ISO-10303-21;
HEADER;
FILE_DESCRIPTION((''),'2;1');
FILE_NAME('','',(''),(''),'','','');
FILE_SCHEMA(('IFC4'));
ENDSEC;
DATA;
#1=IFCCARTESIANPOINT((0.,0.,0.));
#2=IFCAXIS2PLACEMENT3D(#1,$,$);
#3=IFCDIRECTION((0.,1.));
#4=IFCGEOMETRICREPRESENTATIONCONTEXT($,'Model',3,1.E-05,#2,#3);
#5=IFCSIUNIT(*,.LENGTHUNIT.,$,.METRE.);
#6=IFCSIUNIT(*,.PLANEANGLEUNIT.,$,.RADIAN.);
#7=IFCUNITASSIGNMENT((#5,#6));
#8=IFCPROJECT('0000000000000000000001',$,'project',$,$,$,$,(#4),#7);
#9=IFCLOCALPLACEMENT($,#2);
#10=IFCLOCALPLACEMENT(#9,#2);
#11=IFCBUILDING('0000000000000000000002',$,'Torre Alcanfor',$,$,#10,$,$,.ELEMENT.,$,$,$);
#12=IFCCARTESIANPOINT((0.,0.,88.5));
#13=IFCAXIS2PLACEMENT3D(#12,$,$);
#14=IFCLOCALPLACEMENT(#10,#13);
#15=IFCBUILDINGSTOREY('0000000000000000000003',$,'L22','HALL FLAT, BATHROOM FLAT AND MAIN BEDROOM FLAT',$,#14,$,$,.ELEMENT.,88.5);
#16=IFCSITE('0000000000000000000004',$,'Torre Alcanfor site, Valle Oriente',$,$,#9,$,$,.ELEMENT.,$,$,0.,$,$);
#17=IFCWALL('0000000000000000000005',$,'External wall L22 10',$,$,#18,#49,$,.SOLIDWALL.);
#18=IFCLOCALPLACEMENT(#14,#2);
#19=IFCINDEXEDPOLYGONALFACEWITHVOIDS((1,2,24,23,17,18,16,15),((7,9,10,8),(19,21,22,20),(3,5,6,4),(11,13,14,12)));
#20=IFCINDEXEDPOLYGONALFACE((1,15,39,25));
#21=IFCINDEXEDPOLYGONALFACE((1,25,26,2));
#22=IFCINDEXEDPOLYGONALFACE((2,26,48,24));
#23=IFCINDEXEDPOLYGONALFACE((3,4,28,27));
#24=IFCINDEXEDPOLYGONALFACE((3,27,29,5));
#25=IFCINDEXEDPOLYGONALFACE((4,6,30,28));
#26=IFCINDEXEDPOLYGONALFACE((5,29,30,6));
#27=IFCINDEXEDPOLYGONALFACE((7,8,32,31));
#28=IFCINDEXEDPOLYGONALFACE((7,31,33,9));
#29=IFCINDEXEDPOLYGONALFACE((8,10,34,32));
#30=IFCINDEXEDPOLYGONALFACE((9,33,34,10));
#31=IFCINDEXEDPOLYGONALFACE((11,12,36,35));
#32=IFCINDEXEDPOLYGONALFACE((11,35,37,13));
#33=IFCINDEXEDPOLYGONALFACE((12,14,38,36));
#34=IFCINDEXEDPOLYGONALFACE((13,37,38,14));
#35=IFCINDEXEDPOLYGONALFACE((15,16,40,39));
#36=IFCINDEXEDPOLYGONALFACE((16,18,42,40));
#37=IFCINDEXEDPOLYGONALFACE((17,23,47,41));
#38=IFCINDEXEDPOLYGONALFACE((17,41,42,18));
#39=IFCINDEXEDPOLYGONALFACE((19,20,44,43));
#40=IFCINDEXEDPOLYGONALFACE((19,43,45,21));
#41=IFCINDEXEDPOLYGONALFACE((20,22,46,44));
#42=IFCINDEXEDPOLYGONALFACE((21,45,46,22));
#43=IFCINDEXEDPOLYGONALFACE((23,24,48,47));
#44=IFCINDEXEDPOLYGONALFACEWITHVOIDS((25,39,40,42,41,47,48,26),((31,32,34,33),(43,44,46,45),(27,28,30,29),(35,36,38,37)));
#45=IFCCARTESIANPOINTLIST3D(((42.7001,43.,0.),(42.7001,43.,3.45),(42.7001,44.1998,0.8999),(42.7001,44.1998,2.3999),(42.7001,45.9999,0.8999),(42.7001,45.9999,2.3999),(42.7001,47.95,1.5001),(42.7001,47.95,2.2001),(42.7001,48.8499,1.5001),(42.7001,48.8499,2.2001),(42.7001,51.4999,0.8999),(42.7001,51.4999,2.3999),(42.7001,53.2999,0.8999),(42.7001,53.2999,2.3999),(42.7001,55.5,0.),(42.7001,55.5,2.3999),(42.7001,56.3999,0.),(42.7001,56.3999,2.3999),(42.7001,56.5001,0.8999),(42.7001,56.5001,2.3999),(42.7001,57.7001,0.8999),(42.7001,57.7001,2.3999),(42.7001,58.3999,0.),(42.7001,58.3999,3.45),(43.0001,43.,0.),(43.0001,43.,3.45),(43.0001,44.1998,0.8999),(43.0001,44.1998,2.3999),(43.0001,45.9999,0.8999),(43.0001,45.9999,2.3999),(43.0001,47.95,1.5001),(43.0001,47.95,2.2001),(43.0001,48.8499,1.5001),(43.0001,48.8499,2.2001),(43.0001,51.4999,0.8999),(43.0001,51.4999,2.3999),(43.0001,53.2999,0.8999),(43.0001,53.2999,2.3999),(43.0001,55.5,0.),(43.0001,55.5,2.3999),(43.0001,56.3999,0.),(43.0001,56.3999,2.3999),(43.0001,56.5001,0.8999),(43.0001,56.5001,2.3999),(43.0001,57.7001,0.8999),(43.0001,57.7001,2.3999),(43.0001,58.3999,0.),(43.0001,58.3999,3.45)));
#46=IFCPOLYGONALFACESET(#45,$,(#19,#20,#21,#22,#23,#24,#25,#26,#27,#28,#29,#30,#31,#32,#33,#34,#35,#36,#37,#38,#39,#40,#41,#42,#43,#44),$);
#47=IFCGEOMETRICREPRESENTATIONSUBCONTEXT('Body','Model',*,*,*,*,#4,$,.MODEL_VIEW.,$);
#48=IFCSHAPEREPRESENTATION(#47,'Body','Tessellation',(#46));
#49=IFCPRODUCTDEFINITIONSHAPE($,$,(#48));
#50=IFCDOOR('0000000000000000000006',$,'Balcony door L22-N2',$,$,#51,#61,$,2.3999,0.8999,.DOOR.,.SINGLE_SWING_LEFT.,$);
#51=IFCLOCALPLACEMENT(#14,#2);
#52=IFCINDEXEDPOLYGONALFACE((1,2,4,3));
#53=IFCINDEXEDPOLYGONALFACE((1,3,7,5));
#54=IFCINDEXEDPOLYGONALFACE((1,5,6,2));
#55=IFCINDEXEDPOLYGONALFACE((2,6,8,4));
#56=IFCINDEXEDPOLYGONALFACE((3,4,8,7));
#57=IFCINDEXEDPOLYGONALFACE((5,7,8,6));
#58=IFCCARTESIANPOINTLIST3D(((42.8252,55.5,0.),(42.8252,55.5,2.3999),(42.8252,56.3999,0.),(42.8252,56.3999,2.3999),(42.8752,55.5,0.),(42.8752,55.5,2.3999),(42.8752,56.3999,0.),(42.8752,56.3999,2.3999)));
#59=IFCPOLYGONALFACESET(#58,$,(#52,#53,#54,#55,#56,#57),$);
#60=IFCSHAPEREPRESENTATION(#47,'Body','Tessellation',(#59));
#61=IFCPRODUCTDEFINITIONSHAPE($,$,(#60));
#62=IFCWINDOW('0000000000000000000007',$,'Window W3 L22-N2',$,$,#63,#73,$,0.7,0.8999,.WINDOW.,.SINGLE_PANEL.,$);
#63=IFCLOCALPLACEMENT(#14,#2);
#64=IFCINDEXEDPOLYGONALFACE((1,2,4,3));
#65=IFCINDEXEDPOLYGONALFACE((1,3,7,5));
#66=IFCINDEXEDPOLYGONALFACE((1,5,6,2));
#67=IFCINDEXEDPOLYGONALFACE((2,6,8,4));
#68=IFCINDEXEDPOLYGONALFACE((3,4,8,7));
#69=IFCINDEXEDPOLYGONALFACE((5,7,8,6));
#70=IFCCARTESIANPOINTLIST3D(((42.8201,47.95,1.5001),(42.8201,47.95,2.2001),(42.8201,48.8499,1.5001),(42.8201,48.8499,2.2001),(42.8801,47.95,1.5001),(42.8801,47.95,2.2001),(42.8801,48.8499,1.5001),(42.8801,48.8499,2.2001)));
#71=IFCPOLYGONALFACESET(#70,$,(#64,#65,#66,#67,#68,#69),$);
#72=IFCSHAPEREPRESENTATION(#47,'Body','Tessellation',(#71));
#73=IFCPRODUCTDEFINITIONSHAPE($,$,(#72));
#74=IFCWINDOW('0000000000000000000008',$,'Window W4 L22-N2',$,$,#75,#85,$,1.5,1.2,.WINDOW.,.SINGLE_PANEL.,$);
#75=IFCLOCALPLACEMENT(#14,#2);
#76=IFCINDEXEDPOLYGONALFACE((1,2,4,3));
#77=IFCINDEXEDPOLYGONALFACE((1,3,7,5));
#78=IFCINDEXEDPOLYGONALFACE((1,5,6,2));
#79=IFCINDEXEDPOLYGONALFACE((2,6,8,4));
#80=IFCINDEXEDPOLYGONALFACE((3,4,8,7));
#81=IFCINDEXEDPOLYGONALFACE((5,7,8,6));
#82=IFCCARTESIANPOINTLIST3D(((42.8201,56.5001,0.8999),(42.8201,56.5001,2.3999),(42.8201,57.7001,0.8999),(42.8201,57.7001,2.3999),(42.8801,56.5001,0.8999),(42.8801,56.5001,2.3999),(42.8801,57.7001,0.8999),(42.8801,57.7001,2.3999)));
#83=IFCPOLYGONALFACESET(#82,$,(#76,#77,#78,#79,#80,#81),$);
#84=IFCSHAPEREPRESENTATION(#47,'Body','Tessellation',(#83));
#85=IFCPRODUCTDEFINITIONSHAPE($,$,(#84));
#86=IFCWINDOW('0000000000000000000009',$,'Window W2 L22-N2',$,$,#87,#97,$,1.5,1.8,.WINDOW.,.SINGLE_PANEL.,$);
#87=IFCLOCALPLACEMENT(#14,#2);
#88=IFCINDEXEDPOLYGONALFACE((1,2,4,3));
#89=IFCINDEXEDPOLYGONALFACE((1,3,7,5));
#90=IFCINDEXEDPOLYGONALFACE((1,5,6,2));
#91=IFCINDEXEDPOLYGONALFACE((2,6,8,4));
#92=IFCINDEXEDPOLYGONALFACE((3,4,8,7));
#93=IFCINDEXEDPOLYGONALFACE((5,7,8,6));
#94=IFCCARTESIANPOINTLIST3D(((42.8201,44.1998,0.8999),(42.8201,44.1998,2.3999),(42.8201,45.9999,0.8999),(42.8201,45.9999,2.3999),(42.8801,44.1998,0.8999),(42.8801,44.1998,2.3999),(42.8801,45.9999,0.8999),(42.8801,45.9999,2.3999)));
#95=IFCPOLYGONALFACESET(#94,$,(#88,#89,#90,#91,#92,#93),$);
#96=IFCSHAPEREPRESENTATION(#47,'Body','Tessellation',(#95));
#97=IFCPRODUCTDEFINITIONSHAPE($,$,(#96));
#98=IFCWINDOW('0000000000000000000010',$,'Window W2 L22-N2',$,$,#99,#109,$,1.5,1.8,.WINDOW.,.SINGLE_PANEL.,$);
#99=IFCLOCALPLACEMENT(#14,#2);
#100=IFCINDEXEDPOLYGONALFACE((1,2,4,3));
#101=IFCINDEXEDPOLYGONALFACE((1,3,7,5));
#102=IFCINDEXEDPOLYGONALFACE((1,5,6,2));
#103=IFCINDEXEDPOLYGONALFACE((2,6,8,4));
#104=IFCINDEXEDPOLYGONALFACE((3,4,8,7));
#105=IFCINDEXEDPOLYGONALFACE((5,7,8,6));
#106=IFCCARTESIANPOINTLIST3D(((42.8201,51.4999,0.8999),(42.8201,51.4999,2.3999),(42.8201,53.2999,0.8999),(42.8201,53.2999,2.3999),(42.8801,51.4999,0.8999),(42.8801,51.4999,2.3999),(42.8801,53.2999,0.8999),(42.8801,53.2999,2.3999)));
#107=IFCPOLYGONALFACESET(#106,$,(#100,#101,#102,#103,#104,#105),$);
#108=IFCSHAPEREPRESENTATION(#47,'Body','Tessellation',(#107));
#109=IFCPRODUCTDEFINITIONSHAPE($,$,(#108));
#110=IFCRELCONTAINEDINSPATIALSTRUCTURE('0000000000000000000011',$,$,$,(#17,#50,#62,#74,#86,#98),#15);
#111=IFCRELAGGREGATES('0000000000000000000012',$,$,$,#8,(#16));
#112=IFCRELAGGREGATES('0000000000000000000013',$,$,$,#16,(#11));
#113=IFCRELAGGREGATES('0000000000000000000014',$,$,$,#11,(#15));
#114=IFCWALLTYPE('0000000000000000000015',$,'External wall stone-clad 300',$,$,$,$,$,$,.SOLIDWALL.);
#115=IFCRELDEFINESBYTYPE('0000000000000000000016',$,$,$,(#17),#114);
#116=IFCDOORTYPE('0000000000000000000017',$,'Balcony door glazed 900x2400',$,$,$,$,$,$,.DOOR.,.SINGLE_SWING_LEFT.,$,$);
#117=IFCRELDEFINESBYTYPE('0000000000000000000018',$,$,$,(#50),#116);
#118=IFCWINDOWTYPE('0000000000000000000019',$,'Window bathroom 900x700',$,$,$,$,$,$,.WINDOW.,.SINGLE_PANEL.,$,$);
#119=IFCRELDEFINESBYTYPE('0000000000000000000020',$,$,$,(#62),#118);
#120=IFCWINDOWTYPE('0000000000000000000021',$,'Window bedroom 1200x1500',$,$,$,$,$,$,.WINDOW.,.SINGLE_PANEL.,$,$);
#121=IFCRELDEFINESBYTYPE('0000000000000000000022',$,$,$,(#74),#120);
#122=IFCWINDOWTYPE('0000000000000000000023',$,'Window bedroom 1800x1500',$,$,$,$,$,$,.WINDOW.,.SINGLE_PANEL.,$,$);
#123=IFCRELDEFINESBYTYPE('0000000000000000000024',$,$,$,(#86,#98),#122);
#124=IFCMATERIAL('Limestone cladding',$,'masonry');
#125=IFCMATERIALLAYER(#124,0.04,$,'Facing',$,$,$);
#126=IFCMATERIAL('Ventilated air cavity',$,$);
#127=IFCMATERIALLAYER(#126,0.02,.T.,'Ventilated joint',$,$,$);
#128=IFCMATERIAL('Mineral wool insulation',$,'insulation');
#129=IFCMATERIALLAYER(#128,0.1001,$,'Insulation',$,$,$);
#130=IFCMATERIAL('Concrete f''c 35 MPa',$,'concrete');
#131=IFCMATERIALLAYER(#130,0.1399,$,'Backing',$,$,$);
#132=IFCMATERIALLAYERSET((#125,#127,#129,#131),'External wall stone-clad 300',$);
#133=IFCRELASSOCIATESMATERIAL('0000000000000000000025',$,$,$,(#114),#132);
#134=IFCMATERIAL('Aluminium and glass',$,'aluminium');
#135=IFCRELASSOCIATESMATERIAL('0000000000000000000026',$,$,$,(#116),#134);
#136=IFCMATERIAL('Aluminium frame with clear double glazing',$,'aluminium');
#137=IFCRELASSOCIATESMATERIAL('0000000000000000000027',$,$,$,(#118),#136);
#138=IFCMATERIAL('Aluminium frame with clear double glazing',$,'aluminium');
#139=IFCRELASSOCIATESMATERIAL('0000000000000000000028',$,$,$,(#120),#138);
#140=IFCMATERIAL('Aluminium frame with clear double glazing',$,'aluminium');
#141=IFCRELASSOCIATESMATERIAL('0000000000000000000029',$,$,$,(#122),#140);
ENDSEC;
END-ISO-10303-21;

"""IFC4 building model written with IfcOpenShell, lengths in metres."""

from ifc_helpers import new_model, si_unit, direction, frame, frame_2d, origin, place, context, subcontext, project, spatial, rectangle, extrude, material, layer, layer_set, type_object, element, fill, save


model = new_model("IFC4")

# Units and contexts
model_context = context("Model", 3, precision=1e-05, world=origin(), true_north=direction((0.0, 1.0)))
body_context = subcontext(model_context, "Body", "Model", "MODEL_VIEW")
ifc_project = project(units=[si_unit("LENGTHUNIT", "METRE"), si_unit("PLANEANGLEUNIT", "RADIAN")], contexts=[model_context])

# Site, building, storey
site_placement = place(None, origin())
site = spatial("IfcSite", under=ifc_project, at=site_placement, Name="Torre Alcanfor site, Valle Oriente", CompositionType="ELEMENT", RefElevation=0.0)
building_placement = place(site_placement, origin())
building = spatial("IfcBuilding", under=site, at=building_placement, Name="Torre Alcanfor", CompositionType="ELEMENT")
storey_placement = place(building_placement, frame((0.0, 0.0, 88.5)))
storey = spatial("IfcBuildingStorey", under=building, at=storey_placement, Name="L22", Description="HALL FLAT, BATHROOM FLAT AND MAIN BEDROOM FLAT", CompositionType="ELEMENT", Elevation=88.5)

# Wall, openings, door, windows
ifc_material_1 = material(Name="Limestone cladding", Category="masonry")
ifc_layer_1 = layer(ifc_material_1, 0.04, Name="Facing")
ifc_material_2 = material(Name="Ventilated air cavity")
ifc_layer_2 = layer(ifc_material_2, 0.02, ventilated=True, Name="Ventilated joint")
ifc_material_3 = material(Name="Mineral wool insulation", Category="insulation")
ifc_layer_3 = layer(ifc_material_3, 0.1001, Name="Insulation")
ifc_material_4 = material(Name="Concrete f'c 35 MPa", Category="concrete")
ifc_layer_4 = layer(ifc_material_4, 0.1399, Name="Backing")
ifc_layer_set_1 = layer_set([ifc_layer_1, ifc_layer_2, ifc_layer_3, ifc_layer_4], Name="External wall stone-clad 300")
wall_type_1 = type_object("IfcWallType", Name="External wall stone-clad 300", PredefinedType="SOLIDWALL", material=ifc_layer_set_1)
ifc_material_5 = material(Name="Aluminium and glass", Category="aluminium")
door_type = type_object("IfcDoorType", Name="Balcony door glazed 900x2400", OperationType="SINGLE_SWING_LEFT", PredefinedType="DOOR", material=ifc_material_5)
ifc_material_6 = material(Name="Aluminium frame with clear double glazing", Category="aluminium")
window_type_1 = type_object("IfcWindowType", Name="Window bathroom 900x700", PartitioningType="SINGLE_PANEL", PredefinedType="WINDOW", material=ifc_material_6)
ifc_material_7 = material(Name="Aluminium frame with clear double glazing", Category="aluminium")
window_type_2 = type_object("IfcWindowType", Name="Window bedroom 1200x1500", PartitioningType="SINGLE_PANEL", PredefinedType="WINDOW", material=ifc_material_7)
ifc_material_8 = material(Name="Aluminium frame with clear double glazing", Category="aluminium")
window_type_3 = type_object("IfcWindowType", Name="Window bedroom 1800x1500", PartitioningType="SINGLE_PANEL", PredefinedType="WINDOW", material=ifc_material_8)
wall_1_placement = place(storey_placement, frame((42.8501, 43.0, 0.0), z_axis=(0.0, 0.0, 1.0), x_axis=(0.0, 1.0, 0.0)))
wall_1 = element("IfcWall", 1, at=wall_1_placement, inside=storey, type_object=wall_type_1, Name="External wall L22 10", PredefinedType="SOLIDWALL", context=body_context, shape_type="SweptSolid", body=[
    extrude(rectangle(XDim=15.3999, YDim=0.3, at=frame_2d((7.7, 0.0))), origin(), (0.0, 0.0, 1.0), 3.45),
])
opening_1_placement = place(wall_1_placement, frame((1.2, 0.0, 0.8999)))
opening_1 = element("IfcOpeningElement", 2, at=opening_1_placement, cuts=wall_1, PredefinedType="OPENING", context=body_context, shape_type="SweptSolid", body=[
    extrude(rectangle(XDim=1.8, YDim=1.5, at=frame_2d((0.8999, 0.75))), frame((0.0, 0.1599, 0.0), z_axis=(0.0, -1.0, 0.0), x_axis=(1.0, 0.0, 0.0)), (0.0, 0.0, 1.0), 0.3201),
])
opening_2_placement = place(wall_1_placement, frame((4.95, 0.0, 1.5)))
opening_2 = element("IfcOpeningElement", 3, at=opening_2_placement, cuts=wall_1, PredefinedType="OPENING", context=body_context, shape_type="SweptSolid", body=[
    extrude(rectangle(XDim=0.8999, YDim=0.7, at=frame_2d((0.45, 0.3501))), frame((0.0, 0.1599, 0.0), z_axis=(0.0, -1.0, 0.0), x_axis=(1.0, 0.0, 0.0)), (0.0, 0.0, 1.0), 0.3201),
])
opening_3_placement = place(wall_1_placement, frame((8.5, 0.0, 0.8999)))
opening_3 = element("IfcOpeningElement", 4, at=opening_3_placement, cuts=wall_1, PredefinedType="OPENING", context=body_context, shape_type="SweptSolid", body=[
    extrude(rectangle(XDim=1.8, YDim=1.5, at=frame_2d((0.8999, 0.75))), frame((0.0, 0.1599, 0.0), z_axis=(0.0, -1.0, 0.0), x_axis=(1.0, 0.0, 0.0)), (0.0, 0.0, 1.0), 0.3201),
])
opening_4_placement = place(wall_1_placement, frame((12.5, 0.0, 0.0)))
opening_4 = element("IfcOpeningElement", 5, at=opening_4_placement, cuts=wall_1, PredefinedType="OPENING", context=body_context, shape_type="SweptSolid", body=[
    extrude(rectangle(XDim=0.8999, YDim=2.3999, at=frame_2d((0.45, 1.2))), frame((0.0, 0.1599, 0.0), z_axis=(0.0, -1.0, 0.0), x_axis=(1.0, 0.0, 0.0)), (0.0, 0.0, 1.0), 0.3201),
])
opening_5_placement = place(wall_1_placement, frame((13.5, 0.0, 0.8999)))
opening_5 = element("IfcOpeningElement", 6, at=opening_5_placement, cuts=wall_1, PredefinedType="OPENING", context=body_context, shape_type="SweptSolid", body=[
    extrude(rectangle(XDim=1.2, YDim=1.5, at=frame_2d((0.6001, 0.75))), frame((0.0, 0.1599, 0.0), z_axis=(0.0, -1.0, 0.0), x_axis=(1.0, 0.0, 0.0)), (0.0, 0.0, 1.0), 0.3201),
])
door_1_placement = place(opening_4_placement, origin())
door_1 = element("IfcDoor", 7, at=door_1_placement, inside=storey, type_object=door_type, Name="Balcony door L22-N2", OperationType="SINGLE_SWING_LEFT", OverallHeight=2.3999, OverallWidth=0.8999, PredefinedType="DOOR", context=body_context, shape_type="SweptSolid", body=[
    extrude(rectangle(XDim=0.8999, YDim=2.3999, at=frame_2d((0.45, 1.2))), frame((0.0, 0.0249, 0.0), z_axis=(0.0, -1.0, 0.0), x_axis=(1.0, 0.0, 0.0)), (0.0, 0.0, 1.0), 0.05),
])
fill(opening_4, door_1)
window_1_placement = place(opening_2_placement, origin())
window_1 = element("IfcWindow", 8, at=window_1_placement, inside=storey, type_object=window_type_1, Name="Window W3 L22-N2", OverallHeight=0.7, OverallWidth=0.8999, PartitioningType="SINGLE_PANEL", PredefinedType="WINDOW", context=body_context, shape_type="SweptSolid", body=[
    extrude(rectangle(XDim=0.8999, YDim=0.7, at=frame_2d((0.45, 0.3501))), frame((0.0, 0.03, 0.0), z_axis=(0.0, -1.0, 0.0), x_axis=(1.0, 0.0, 0.0)), (0.0, 0.0, 1.0), 0.0601),
])
fill(opening_2, window_1)
window_2_placement = place(opening_5_placement, origin())
window_2 = element("IfcWindow", 9, at=window_2_placement, inside=storey, type_object=window_type_2, Name="Window W4 L22-N2", OverallHeight=1.5, OverallWidth=1.2, PartitioningType="SINGLE_PANEL", PredefinedType="WINDOW", context=body_context, shape_type="SweptSolid", body=[
    extrude(rectangle(XDim=1.2, YDim=1.5, at=frame_2d((0.6001, 0.75))), frame((0.0, 0.03, 0.0), z_axis=(0.0, -1.0, 0.0), x_axis=(1.0, 0.0, 0.0)), (0.0, 0.0, 1.0), 0.0601),
])
fill(opening_5, window_2)
window_3_placement = place(opening_1_placement, origin())
window_3 = element("IfcWindow", 10, at=window_3_placement, inside=storey, type_object=window_type_3, Name="Window W2 L22-N2", OverallHeight=1.5, OverallWidth=1.8, PartitioningType="SINGLE_PANEL", PredefinedType="WINDOW", context=body_context, shape_type="SweptSolid", body=[
    extrude(rectangle(XDim=1.8, YDim=1.5, at=frame_2d((0.8999, 0.75))), frame((0.0, 0.03, 0.0), z_axis=(0.0, -1.0, 0.0), x_axis=(1.0, 0.0, 0.0)), (0.0, 0.0, 1.0), 0.0601),
])
fill(opening_1, window_3)
window_4_placement = place(opening_3_placement, origin())
window_4 = element("IfcWindow", 11, at=window_4_placement, inside=storey, type_object=window_type_3, Name="Window W2 L22-N2", OverallHeight=1.5, OverallWidth=1.8, PartitioningType="SINGLE_PANEL", PredefinedType="WINDOW", context=body_context, shape_type="SweptSolid", body=[
    extrude(rectangle(XDim=1.8, YDim=1.5, at=frame_2d((0.8999, 0.75))), frame((0.0, 0.03, 0.0), z_axis=(0.0, -1.0, 0.0), x_axis=(1.0, 0.0, 0.0)), (0.0, 0.0, 1.0), 0.0601),
])
fill(opening_3, window_4)

save(model, "model.ifc")
